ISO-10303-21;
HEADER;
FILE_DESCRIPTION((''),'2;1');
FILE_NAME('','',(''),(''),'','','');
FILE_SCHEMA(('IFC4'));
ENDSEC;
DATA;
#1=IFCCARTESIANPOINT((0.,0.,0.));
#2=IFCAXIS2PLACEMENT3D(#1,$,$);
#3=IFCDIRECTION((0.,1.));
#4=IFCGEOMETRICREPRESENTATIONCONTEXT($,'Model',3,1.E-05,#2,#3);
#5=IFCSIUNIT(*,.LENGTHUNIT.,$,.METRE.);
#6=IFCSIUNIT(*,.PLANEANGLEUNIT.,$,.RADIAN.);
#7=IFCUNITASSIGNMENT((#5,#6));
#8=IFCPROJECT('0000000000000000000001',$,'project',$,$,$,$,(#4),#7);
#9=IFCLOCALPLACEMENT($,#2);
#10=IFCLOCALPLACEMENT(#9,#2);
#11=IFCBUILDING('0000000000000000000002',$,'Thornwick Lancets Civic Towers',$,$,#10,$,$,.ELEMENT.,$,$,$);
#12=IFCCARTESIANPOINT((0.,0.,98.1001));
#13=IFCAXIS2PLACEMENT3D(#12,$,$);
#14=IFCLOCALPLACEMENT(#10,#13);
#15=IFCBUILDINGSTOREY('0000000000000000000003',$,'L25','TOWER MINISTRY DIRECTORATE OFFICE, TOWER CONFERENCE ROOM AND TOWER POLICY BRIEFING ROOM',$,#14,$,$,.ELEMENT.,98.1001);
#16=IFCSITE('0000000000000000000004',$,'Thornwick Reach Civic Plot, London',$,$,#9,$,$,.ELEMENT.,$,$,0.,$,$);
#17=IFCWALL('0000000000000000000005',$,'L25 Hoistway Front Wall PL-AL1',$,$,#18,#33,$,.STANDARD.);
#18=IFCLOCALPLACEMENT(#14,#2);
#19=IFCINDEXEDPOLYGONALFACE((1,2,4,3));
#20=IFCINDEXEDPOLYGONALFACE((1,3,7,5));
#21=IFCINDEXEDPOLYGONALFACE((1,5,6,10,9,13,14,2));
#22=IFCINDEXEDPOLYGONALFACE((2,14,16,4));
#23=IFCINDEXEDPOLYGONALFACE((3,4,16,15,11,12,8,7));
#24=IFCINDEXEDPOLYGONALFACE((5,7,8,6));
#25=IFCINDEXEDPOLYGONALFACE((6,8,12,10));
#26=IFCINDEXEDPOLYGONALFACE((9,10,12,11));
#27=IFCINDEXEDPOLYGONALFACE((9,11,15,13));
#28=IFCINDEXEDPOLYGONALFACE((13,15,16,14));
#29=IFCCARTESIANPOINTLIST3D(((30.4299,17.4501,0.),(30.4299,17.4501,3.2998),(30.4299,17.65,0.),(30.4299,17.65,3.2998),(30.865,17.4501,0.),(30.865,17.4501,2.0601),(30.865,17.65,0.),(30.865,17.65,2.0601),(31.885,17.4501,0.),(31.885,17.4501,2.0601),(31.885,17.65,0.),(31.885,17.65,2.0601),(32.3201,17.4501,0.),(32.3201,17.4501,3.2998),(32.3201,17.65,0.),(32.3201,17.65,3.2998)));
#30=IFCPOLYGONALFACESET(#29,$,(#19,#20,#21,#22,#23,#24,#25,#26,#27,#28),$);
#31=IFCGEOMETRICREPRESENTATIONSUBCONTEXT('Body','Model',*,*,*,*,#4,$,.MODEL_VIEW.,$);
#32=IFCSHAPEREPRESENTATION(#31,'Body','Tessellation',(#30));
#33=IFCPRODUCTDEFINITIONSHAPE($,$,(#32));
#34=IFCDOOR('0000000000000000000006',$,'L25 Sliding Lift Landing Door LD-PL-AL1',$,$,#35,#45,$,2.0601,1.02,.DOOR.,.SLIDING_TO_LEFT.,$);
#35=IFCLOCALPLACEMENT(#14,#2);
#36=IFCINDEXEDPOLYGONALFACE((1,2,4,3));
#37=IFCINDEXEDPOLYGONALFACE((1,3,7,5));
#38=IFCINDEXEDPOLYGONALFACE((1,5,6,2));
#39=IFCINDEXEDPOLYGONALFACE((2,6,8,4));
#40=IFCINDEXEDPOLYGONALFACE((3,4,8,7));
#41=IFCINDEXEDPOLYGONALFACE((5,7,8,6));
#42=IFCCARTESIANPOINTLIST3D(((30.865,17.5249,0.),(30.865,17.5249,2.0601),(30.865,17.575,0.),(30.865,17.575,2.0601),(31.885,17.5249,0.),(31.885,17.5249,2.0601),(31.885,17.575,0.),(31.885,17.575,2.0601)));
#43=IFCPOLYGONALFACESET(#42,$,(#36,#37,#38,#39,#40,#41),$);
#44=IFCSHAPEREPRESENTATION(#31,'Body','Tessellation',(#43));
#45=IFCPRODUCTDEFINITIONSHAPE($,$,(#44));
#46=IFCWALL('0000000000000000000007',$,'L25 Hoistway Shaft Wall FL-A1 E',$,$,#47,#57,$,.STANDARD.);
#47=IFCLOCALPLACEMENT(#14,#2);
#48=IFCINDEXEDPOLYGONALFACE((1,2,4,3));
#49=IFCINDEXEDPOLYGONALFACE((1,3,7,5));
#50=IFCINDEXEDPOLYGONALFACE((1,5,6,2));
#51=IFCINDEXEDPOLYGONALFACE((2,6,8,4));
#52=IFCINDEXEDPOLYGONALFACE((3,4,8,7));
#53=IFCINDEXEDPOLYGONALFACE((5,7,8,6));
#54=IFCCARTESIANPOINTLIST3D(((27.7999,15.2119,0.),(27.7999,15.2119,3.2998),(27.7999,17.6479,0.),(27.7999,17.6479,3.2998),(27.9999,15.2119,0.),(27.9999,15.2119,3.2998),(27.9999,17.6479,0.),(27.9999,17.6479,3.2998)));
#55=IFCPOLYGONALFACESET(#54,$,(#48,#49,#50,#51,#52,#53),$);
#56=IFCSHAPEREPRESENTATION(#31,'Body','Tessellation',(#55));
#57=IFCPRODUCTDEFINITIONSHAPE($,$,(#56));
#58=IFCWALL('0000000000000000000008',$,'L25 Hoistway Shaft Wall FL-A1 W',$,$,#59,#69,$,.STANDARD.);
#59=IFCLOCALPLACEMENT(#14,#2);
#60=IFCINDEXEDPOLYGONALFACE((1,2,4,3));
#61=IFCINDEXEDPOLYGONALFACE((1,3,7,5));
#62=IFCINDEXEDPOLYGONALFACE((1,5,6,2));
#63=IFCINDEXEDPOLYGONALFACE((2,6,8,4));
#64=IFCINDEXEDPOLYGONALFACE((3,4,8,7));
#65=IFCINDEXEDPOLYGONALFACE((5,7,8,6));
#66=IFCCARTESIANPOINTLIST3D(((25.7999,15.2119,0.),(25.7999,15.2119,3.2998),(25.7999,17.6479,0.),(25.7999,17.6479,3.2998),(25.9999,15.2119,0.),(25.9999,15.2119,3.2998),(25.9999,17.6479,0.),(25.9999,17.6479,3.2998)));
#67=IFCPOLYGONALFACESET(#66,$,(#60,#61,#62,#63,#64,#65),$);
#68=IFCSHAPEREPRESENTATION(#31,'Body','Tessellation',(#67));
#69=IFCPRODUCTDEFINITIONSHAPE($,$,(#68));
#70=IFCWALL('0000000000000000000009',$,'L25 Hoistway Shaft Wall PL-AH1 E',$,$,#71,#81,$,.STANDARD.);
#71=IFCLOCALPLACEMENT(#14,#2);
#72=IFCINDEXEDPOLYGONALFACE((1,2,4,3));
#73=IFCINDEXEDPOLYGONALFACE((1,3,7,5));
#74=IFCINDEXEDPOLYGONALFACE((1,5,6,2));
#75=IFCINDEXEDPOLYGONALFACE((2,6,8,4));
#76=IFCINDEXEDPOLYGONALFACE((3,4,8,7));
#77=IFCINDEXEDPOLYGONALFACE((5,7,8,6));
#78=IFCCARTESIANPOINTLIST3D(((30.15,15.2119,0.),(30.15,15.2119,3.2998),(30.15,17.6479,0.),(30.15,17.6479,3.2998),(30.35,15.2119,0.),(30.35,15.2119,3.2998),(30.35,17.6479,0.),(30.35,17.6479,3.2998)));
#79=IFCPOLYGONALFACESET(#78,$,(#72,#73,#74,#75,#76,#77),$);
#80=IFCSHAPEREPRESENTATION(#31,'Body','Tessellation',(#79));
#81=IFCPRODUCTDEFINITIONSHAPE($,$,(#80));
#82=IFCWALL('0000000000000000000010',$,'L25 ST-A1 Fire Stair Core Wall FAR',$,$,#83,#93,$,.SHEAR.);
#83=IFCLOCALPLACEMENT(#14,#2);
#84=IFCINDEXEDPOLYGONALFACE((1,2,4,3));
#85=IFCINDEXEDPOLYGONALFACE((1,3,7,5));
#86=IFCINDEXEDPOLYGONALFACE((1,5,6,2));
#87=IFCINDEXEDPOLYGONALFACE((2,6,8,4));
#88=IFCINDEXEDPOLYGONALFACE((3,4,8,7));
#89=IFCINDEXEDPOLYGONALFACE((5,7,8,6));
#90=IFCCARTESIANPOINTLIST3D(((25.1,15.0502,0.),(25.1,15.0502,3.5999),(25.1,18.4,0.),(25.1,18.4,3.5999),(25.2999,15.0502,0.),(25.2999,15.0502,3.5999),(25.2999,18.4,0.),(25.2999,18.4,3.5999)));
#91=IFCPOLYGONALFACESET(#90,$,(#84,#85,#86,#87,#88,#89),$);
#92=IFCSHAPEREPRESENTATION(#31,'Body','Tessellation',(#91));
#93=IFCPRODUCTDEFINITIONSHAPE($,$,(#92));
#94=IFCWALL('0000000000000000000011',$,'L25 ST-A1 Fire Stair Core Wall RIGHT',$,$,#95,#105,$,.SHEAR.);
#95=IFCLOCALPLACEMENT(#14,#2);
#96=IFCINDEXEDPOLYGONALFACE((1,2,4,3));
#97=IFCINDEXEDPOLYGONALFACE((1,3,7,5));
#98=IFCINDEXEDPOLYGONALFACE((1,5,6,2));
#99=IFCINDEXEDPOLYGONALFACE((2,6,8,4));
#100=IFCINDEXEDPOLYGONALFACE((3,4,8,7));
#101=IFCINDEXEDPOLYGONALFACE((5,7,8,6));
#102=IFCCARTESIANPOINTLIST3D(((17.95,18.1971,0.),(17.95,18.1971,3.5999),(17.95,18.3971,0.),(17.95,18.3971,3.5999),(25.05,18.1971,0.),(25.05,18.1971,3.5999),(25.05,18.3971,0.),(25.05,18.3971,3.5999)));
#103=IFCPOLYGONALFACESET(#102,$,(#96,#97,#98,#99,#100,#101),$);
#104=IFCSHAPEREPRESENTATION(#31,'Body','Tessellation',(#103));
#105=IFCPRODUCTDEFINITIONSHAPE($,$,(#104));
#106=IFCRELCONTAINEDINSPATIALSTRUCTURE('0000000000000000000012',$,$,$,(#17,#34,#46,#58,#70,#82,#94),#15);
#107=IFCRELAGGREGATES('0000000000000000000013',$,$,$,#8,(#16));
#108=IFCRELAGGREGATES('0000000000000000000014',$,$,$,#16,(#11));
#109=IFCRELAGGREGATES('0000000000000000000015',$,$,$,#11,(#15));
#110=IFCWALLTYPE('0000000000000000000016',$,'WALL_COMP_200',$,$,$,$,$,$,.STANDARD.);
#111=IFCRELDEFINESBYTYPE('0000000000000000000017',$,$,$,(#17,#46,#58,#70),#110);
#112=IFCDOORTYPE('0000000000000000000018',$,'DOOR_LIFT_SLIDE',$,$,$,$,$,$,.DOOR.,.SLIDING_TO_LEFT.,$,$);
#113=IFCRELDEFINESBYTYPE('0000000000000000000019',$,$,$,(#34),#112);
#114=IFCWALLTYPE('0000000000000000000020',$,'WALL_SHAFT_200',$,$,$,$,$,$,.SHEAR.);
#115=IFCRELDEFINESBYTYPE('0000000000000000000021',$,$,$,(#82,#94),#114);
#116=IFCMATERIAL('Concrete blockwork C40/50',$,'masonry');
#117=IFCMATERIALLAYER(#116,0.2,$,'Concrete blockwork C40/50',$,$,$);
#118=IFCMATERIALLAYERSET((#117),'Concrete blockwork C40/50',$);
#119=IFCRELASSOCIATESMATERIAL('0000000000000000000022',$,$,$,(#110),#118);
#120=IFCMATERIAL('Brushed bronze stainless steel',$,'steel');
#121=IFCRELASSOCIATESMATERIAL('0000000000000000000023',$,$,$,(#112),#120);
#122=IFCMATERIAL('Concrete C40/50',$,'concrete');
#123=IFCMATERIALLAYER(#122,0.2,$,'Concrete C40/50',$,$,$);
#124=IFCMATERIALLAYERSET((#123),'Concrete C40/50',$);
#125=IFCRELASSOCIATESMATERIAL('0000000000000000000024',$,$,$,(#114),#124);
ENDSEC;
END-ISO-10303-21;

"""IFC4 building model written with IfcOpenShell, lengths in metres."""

from ifc_helpers import new_model, si_unit, direction, frame, frame_2d, origin, place, context, subcontext, project, spatial, rectangle, extrude, material, layer, layer_set, type_object, element, fill, save


model = new_model("IFC4")

# Units and contexts
model_context = context("Model", 3, precision=1e-05, world=origin(), true_north=direction((0.0, 1.0)))
body_context = subcontext(model_context, "Body", "Model", "MODEL_VIEW")
ifc_project = project(units=[si_unit("LENGTHUNIT", "METRE"), si_unit("PLANEANGLEUNIT", "RADIAN")], contexts=[model_context])

# Site, building, storey
site_placement = place(None, origin())
site = spatial("IfcSite", under=ifc_project, at=site_placement, Name="Thornwick Reach Civic Plot, London", CompositionType="ELEMENT", RefElevation=0.0)
building_placement = place(site_placement, origin())
building = spatial("IfcBuilding", under=site, at=building_placement, Name="Thornwick Lancets Civic Towers", CompositionType="ELEMENT")
storey_placement = place(building_placement, frame((0.0, 0.0, 98.1001)))
storey = spatial("IfcBuildingStorey", under=building, at=storey_placement, Name="L25", Description="TOWER MINISTRY DIRECTORATE OFFICE, TOWER CONFERENCE ROOM AND TOWER POLICY BRIEFING ROOM", CompositionType="ELEMENT", Elevation=98.1001)

# Shared definitions
ifc_material_1 = material(Name="Concrete C40/50", Category="concrete")

# Shared definitions
ifc_material_2 = material(Name="Concrete blockwork C40/50", Category="masonry")
ifc_layer_1 = layer(ifc_material_2, 0.2, Name="Concrete blockwork C40/50")
ifc_layer_set_1 = layer_set([ifc_layer_1], Name="Concrete blockwork C40/50")
wall_type_1 = type_object("IfcWallType", Name="WALL_COMP_200", PredefinedType="STANDARD", material=ifc_layer_set_1)
ifc_material_3 = material(Name="Brushed bronze stainless steel", Category="steel")
door_type = type_object("IfcDoorType", Name="DOOR_LIFT_SLIDE", OperationType="SLIDING_TO_LEFT", PredefinedType="DOOR", material=ifc_material_3)

# Wall, opening, door
wall_1_placement = place(storey_placement, frame((30.4299, 17.55, 0.0), z_axis=(0.0, 0.0, 1.0), x_axis=(1.0, 0.0, 0.0)))
wall_1 = element("IfcWall", 1, at=wall_1_placement, inside=storey, type_object=wall_type_1, Name="L25 Hoistway Front Wall PL-AL1", PredefinedType="STANDARD", context=body_context, shape_type="SweptSolid", body=[
    extrude(rectangle(XDim=1.8901, YDim=0.2, at=frame_2d((0.9451, 0.0))), origin(), (0.0, 0.0, 1.0), 3.2998),
])
opening_1_placement = place(wall_1_placement, frame((0.4351, 0.0, 0.0)))
opening_1 = element("IfcOpeningElement", 2, at=opening_1_placement, cuts=wall_1, PredefinedType="OPENING", context=body_context, shape_type="SweptSolid", body=[
    extrude(rectangle(XDim=1.02, YDim=2.0601, at=frame_2d((0.51, 1.03))), frame((0.0, 0.1099, 0.0), z_axis=(0.0, -1.0, 0.0), x_axis=(1.0, 0.0, 0.0)), (0.0, 0.0, 1.0), 0.22),
])
door_1_placement = place(opening_1_placement, origin())
door_1 = element("IfcDoor", 3, at=door_1_placement, inside=storey, type_object=door_type, Name="L25 Sliding Lift Landing Door LD-PL-AL1", OperationType="SLIDING_TO_LEFT", OverallHeight=2.0601, OverallWidth=1.02, PredefinedType="DOOR", context=body_context, shape_type="SweptSolid", body=[
    extrude(rectangle(XDim=1.02, YDim=2.0601, at=frame_2d((0.51, 1.03))), frame((0.0, 0.0249, 0.0), z_axis=(0.0, -1.0, 0.0), x_axis=(1.0, 0.0, 0.0)), (0.0, 0.0, 1.0), 0.05),
])
fill(opening_1, door_1)

# Walls
for number, where, z_axis, x_axis, name in (
    (4, (27.8999, 15.2119, 0.0), (0.0, 0.0, 1.0), (0.0, 1.0, 0.0), "L25 Hoistway Shaft Wall FL-A1 E"),
    (5, (25.8999, 15.2119, 0.0), (0.0, 0.0, 1.0), (0.0, 1.0, 0.0), "L25 Hoistway Shaft Wall FL-A1 W"),
    (6, (30.25, 15.2119, 0.0), (0.0, 0.0, 1.0), (0.0, 1.0, 0.0), "L25 Hoistway Shaft Wall PL-AH1 E"),
):
    element("IfcWall", number, at=place(storey_placement, frame(where, z_axis=z_axis, x_axis=x_axis)), inside=storey, type_object=wall_type_1, Name=name, PredefinedType="STANDARD", context=body_context, shape_type="SweptSolid", body=[
        extrude(rectangle(XDim=2.436, YDim=0.2, at=frame_2d((1.218, 0.0))), origin(), (0.0, 0.0, 1.0), 3.2998),
    ])
ifc_layer_2 = layer(ifc_material_1, 0.2, Name="Concrete C40/50")
ifc_layer_set_2 = layer_set([ifc_layer_2], Name="Concrete C40/50")
wall_type_2 = type_object("IfcWallType", Name="WALL_SHAFT_200", PredefinedType="SHEAR", material=ifc_layer_set_2)
wall_2_placement = place(storey_placement, frame((25.2, 18.3999, 0.0), z_axis=(0.0, 0.0, 1.0), x_axis=(0.0, -1.0, 0.0)))
element("IfcWall", 7, at=wall_2_placement, inside=storey, type_object=wall_type_2, Name="L25 ST-A1 Fire Stair Core Wall FAR", PredefinedType="SHEAR", context=body_context, shape_type="SweptSolid", body=[
    extrude(rectangle(XDim=3.3499, YDim=0.2, at=frame_2d((1.6748, 0.0))), origin(), (0.0, 0.0, 1.0), 3.5999),
])
wall_3_placement = place(storey_placement, frame((25.05, 18.2971, 0.0), z_axis=(0.0, 0.0, 1.0), x_axis=(-1.0, 0.0, 0.0)))
element("IfcWall", 8, at=wall_3_placement, inside=storey, type_object=wall_type_2, Name="L25 ST-A1 Fire Stair Core Wall RIGHT", PredefinedType="SHEAR", context=body_context, shape_type="SweptSolid", body=[
    extrude(rectangle(XDim=7.1001, YDim=0.2, at=frame_2d((3.55, 0.0))), origin(), (0.0, 0.0, 1.0), 3.5999),
])

save(model, "model.ifc")
